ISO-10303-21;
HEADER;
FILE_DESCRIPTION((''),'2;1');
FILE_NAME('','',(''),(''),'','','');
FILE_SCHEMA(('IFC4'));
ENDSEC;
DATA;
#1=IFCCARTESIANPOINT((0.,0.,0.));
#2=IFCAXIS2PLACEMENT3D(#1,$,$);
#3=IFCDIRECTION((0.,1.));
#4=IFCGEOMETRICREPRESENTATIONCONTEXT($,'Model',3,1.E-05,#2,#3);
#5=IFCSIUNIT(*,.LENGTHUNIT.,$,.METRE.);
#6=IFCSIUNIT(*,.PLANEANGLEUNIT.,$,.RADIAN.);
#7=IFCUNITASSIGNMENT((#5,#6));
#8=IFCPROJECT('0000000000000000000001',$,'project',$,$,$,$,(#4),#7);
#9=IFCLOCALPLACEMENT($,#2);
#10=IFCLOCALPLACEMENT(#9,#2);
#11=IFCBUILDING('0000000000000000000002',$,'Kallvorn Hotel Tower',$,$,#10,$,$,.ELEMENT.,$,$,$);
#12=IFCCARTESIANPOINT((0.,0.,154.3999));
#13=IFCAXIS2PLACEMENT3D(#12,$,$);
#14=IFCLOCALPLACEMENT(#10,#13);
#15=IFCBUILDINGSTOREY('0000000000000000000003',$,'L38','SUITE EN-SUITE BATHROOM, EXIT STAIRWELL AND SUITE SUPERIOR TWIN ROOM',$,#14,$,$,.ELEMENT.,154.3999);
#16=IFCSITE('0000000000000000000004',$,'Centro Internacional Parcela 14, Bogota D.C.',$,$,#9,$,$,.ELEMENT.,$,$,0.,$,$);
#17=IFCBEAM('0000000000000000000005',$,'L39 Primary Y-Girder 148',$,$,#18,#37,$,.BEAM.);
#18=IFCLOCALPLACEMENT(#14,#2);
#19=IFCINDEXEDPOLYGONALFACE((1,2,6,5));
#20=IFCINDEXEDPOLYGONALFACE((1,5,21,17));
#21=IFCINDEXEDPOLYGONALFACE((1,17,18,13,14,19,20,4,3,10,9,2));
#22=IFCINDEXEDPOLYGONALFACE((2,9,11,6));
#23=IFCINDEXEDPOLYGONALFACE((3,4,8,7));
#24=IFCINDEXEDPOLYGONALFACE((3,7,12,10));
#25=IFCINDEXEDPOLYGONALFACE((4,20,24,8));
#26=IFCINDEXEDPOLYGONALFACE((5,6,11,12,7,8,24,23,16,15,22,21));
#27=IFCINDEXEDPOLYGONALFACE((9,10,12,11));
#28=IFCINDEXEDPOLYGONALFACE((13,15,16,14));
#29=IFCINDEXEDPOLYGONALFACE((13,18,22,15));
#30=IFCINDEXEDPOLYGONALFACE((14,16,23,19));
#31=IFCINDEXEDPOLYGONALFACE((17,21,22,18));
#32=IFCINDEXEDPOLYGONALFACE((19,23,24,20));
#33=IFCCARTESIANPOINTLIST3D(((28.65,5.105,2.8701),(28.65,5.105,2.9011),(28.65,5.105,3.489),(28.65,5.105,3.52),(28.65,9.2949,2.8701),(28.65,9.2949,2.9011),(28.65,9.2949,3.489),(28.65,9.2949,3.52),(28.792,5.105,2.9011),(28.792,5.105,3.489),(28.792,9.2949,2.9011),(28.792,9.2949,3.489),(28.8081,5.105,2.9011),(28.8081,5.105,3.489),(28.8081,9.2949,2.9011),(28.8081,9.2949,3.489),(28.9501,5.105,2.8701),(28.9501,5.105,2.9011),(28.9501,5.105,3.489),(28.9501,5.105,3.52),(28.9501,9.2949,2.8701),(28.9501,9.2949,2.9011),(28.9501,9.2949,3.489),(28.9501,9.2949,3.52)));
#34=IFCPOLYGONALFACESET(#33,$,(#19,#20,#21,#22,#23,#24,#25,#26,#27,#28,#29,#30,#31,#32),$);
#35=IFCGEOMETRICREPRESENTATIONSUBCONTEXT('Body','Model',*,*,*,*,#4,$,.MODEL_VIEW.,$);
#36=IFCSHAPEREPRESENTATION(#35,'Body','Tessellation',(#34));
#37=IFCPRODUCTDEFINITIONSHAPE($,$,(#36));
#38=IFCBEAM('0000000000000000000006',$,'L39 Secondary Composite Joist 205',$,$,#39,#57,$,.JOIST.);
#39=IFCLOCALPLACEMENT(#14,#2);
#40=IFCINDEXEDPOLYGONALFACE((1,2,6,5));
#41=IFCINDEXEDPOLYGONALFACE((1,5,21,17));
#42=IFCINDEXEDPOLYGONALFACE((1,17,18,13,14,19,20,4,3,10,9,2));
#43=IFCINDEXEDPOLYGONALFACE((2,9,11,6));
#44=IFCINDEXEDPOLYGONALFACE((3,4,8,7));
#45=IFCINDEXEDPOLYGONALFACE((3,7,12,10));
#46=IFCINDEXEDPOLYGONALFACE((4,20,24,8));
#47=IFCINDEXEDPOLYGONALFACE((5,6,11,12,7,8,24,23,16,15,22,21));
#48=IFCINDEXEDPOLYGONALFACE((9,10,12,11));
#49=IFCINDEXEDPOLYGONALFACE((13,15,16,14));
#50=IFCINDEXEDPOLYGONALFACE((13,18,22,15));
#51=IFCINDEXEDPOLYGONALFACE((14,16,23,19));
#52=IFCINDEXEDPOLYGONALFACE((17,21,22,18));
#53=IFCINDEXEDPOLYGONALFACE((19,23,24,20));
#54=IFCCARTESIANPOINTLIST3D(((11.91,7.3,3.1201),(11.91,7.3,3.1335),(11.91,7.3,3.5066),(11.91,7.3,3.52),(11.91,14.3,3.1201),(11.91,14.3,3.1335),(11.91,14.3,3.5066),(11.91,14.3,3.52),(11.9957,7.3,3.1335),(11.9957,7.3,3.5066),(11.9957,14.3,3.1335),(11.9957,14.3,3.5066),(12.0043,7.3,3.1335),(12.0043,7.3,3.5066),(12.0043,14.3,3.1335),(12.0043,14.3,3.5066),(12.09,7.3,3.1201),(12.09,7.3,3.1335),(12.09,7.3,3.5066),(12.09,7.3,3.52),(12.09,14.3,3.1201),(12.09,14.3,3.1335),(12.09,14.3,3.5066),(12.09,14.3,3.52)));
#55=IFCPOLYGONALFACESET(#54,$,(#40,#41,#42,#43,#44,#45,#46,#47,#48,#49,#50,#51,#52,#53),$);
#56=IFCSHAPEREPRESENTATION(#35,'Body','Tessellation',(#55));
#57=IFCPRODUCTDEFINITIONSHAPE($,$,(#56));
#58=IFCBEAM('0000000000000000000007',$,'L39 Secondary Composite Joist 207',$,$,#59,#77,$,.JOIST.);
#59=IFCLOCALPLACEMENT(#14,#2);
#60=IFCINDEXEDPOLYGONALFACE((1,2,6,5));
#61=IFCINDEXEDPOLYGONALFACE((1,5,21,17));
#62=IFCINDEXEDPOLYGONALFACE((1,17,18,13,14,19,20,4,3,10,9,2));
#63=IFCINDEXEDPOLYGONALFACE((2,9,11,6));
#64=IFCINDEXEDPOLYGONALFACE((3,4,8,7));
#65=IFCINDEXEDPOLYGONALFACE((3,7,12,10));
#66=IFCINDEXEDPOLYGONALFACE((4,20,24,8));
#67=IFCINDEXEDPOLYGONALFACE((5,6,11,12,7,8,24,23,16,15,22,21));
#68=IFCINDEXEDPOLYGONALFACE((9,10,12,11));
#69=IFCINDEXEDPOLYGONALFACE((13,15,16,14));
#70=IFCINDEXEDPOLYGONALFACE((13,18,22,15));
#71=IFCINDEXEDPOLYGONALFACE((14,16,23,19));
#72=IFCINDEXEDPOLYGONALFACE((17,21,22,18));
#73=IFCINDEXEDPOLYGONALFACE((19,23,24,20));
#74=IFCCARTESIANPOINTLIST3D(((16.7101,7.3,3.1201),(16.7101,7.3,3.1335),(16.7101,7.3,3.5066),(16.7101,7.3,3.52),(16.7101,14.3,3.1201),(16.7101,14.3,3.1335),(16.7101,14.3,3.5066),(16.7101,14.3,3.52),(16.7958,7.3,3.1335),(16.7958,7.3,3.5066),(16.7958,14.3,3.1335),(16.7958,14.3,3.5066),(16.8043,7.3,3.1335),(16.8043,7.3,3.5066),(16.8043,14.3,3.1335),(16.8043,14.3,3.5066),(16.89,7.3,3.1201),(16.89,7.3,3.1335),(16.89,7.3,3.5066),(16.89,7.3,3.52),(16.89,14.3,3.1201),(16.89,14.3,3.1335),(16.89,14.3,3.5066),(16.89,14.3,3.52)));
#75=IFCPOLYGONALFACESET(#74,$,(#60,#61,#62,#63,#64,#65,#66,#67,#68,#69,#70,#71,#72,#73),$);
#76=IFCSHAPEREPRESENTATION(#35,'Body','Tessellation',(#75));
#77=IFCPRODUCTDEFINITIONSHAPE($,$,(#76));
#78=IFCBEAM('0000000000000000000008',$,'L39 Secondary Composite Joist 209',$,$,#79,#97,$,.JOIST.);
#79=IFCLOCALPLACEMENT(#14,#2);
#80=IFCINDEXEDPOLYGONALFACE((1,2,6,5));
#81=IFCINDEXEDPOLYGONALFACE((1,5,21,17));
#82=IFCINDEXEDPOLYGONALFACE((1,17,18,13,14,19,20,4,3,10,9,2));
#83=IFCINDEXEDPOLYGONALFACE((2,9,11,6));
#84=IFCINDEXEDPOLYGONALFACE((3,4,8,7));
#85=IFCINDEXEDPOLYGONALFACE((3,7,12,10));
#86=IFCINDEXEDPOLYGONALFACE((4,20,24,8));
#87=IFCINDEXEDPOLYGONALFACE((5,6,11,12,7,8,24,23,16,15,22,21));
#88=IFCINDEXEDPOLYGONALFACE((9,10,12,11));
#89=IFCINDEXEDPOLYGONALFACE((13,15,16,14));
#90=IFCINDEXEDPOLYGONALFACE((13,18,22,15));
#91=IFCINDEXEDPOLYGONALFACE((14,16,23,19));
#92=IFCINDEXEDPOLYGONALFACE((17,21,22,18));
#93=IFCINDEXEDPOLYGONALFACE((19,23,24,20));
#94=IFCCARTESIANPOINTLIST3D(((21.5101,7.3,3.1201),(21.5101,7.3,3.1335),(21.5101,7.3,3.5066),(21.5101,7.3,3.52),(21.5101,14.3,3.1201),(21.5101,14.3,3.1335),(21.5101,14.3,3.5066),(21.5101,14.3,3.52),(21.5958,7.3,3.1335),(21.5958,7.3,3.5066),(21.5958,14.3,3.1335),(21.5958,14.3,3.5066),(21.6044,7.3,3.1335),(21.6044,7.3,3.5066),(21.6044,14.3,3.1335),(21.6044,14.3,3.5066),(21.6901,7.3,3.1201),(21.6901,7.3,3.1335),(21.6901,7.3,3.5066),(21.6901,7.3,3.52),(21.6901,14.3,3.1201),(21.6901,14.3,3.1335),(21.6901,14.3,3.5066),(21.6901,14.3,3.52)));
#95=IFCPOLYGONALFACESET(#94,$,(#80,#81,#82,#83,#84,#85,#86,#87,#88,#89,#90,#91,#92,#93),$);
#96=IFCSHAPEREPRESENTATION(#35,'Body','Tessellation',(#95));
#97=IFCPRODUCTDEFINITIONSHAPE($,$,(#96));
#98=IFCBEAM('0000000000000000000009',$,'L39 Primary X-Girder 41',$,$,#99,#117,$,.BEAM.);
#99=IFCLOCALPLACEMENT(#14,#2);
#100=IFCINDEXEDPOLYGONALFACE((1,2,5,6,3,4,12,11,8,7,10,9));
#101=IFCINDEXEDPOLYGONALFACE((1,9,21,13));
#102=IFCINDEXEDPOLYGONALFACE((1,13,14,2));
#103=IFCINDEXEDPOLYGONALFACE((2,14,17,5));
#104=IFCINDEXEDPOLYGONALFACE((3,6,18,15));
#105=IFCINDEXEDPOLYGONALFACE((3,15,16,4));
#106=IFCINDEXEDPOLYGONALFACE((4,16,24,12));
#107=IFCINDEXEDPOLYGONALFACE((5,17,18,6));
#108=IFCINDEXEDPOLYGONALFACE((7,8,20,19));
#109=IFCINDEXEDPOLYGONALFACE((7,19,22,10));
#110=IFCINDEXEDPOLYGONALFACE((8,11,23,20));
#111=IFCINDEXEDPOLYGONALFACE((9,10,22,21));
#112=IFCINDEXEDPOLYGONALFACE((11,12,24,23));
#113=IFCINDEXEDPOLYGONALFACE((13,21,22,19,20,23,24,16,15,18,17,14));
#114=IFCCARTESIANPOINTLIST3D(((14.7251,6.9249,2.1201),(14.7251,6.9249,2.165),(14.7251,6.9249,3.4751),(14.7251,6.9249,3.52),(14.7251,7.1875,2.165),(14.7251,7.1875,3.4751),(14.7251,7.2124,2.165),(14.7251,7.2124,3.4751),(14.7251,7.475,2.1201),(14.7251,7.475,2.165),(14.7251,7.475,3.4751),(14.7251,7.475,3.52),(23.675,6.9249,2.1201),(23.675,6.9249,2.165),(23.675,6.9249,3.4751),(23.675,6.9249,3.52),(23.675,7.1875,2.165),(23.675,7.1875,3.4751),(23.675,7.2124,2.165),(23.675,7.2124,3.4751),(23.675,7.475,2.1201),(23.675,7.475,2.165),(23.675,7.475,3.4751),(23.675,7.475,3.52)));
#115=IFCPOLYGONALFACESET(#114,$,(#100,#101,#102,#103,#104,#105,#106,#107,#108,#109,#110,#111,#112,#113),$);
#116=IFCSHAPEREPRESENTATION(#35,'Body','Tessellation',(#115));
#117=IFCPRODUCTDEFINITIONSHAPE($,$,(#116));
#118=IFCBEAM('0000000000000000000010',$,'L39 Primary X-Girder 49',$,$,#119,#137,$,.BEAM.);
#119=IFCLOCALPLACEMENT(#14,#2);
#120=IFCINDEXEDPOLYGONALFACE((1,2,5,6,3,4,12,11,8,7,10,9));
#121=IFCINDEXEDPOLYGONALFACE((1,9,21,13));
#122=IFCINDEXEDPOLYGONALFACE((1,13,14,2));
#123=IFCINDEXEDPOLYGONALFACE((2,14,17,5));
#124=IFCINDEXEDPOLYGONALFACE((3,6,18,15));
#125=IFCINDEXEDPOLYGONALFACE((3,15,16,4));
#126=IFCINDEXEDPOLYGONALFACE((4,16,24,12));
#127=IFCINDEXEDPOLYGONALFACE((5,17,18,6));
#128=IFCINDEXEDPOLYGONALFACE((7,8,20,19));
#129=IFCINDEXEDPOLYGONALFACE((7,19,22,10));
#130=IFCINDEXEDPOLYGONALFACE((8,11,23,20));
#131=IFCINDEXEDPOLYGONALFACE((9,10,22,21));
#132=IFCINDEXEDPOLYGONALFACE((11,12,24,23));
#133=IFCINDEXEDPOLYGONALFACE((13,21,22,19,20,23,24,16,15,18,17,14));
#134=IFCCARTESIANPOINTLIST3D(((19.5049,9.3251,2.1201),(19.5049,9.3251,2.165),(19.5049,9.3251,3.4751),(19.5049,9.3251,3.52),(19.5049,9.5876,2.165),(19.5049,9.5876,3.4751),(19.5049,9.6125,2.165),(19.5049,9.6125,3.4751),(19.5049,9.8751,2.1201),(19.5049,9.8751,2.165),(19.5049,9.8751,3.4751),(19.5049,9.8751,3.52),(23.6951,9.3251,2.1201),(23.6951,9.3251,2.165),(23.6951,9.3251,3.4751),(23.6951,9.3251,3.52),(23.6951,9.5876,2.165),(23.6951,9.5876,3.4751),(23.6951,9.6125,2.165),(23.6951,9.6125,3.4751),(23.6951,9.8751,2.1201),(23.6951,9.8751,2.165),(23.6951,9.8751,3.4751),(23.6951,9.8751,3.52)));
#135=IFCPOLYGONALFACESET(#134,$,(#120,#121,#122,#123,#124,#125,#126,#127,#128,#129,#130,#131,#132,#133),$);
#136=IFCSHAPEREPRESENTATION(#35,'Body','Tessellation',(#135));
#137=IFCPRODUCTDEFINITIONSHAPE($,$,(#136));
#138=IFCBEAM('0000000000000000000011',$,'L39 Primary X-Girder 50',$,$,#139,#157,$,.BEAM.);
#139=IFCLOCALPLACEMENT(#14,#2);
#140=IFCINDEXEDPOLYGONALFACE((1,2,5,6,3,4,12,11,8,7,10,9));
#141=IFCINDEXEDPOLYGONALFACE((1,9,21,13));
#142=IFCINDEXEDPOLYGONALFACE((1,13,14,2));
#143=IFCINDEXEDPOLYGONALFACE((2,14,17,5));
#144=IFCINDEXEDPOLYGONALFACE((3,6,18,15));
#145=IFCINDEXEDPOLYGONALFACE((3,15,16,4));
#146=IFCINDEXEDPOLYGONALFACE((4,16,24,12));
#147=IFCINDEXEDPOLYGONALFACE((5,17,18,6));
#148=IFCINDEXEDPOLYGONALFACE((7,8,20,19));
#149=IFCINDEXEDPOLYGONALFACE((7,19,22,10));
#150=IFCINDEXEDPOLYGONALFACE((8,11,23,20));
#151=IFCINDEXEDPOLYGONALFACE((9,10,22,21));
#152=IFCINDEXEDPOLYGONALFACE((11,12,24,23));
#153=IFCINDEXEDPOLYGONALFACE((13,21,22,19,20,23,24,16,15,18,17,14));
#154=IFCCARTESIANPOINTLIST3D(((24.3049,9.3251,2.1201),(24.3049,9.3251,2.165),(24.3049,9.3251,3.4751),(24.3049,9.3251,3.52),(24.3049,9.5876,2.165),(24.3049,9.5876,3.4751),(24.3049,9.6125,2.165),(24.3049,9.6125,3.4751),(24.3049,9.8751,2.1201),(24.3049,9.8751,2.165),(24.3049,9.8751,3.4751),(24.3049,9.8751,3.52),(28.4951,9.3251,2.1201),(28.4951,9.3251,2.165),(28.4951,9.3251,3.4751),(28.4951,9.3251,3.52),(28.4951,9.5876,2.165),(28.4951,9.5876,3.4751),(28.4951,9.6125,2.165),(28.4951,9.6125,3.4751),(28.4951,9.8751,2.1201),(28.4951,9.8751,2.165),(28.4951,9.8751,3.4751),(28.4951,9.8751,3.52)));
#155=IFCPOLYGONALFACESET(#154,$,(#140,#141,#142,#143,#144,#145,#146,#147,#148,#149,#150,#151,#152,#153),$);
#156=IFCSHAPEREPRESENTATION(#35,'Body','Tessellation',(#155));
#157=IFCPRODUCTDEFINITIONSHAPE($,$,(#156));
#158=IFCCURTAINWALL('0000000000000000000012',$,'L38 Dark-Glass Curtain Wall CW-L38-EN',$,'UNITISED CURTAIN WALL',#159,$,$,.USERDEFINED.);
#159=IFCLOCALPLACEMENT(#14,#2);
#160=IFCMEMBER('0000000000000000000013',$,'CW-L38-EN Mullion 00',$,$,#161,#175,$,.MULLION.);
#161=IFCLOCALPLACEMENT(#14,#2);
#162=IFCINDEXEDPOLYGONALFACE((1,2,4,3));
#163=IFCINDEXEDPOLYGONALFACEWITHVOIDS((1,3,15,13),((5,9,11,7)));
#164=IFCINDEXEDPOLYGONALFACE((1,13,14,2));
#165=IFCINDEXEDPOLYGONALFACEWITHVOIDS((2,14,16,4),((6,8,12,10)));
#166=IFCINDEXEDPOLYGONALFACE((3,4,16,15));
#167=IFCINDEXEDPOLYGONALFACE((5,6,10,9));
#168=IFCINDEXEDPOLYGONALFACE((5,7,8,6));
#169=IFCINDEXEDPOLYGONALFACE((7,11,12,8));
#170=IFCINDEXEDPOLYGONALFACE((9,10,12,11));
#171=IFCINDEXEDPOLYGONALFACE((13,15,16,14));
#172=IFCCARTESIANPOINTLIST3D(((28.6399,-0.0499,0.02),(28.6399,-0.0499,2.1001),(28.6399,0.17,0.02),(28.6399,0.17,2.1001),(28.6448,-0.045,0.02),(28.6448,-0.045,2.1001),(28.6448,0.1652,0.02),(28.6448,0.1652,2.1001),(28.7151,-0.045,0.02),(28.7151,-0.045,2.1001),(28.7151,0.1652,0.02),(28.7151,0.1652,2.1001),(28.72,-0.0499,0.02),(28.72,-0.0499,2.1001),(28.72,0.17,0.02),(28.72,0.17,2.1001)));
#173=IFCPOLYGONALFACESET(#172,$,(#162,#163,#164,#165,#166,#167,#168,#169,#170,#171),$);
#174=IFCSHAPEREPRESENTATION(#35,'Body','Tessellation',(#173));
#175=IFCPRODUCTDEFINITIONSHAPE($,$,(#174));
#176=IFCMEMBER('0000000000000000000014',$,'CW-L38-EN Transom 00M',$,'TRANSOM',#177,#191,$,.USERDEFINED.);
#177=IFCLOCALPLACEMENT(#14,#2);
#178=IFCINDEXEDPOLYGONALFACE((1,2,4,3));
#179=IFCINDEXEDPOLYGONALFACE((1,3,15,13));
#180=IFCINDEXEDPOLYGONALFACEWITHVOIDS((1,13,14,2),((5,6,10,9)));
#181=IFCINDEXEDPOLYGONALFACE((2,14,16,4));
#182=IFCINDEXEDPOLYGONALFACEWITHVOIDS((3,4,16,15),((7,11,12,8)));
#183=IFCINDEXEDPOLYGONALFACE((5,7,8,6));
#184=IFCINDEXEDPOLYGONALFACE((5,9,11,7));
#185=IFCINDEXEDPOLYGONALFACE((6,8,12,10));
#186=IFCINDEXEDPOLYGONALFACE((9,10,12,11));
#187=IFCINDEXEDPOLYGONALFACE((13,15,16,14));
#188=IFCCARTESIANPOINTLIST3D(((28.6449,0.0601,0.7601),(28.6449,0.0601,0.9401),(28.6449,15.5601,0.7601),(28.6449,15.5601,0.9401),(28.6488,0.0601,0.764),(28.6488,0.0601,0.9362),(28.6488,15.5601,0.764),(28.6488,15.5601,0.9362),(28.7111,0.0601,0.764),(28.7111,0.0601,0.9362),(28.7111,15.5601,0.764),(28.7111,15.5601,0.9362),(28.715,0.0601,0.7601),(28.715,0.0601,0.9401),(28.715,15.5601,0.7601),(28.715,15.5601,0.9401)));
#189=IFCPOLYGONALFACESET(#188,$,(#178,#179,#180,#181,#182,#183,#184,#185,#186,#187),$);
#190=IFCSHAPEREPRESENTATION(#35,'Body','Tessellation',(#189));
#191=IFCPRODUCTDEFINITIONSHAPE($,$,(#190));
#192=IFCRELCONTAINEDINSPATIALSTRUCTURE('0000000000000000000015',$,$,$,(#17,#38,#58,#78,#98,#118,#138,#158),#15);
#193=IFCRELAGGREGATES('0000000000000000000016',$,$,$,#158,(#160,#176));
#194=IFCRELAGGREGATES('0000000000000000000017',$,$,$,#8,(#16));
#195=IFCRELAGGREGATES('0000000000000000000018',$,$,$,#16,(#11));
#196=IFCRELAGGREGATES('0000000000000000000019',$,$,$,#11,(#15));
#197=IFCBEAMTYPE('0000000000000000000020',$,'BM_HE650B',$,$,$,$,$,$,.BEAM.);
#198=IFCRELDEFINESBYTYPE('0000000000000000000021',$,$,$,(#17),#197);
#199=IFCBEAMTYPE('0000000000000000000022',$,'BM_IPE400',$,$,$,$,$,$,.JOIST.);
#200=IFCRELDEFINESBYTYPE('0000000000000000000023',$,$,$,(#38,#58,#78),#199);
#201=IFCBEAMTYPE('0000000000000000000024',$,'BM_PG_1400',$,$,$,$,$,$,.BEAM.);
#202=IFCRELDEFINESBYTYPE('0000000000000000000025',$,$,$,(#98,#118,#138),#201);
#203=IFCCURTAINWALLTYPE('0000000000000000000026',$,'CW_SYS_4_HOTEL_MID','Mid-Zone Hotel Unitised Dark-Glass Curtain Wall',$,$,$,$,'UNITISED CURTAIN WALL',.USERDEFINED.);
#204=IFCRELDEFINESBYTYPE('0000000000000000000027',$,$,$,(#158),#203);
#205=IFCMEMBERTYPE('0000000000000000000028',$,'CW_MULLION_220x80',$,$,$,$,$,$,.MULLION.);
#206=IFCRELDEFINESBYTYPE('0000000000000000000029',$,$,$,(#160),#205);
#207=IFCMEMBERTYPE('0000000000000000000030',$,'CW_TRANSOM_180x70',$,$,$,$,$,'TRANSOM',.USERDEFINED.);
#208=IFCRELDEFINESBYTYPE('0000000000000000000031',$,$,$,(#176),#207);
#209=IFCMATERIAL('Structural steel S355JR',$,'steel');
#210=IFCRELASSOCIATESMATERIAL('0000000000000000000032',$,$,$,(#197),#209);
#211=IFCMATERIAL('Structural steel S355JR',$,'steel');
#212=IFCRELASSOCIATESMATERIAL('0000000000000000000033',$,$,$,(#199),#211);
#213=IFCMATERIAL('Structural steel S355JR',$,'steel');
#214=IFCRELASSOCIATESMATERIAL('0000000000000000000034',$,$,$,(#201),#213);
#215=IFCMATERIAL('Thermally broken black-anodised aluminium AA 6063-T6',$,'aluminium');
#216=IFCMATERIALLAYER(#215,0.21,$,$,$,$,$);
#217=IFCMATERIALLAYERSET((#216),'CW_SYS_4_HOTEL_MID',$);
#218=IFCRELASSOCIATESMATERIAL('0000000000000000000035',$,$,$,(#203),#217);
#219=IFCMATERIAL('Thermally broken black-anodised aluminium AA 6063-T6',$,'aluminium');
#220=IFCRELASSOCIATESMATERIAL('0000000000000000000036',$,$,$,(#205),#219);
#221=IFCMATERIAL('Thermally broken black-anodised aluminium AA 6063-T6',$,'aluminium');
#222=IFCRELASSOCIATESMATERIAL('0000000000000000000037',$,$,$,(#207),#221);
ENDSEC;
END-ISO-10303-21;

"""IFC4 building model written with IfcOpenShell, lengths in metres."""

from ifc_helpers import new_model, si_unit, direction, frame, origin, origin_2d, place, context, subcontext, project, spatial, hollow_rectangle, i_section, extrude, material, layer, layer_set, material_profile, profile_set, type_object, element, aggregate, save


model = new_model("IFC4")

# Units and contexts
model_context = context("Model", 3, precision=1e-05, world=origin(), true_north=direction((0.0, 1.0)))
body_context = subcontext(model_context, "Body", "Model", "MODEL_VIEW")
ifc_project = project(units=[si_unit("LENGTHUNIT", "METRE"), si_unit("PLANEANGLEUNIT", "RADIAN")], contexts=[model_context])

# Site, building, storey
site_placement = place(None, origin())
site = spatial("IfcSite", under=ifc_project, at=site_placement, Name="Centro Internacional Parcela 14, Bogota D.C.", CompositionType="ELEMENT", RefElevation=0.0)
building_placement = place(site_placement, origin())
building = spatial("IfcBuilding", under=site, at=building_placement, Name="Kallvorn Hotel Tower", CompositionType="ELEMENT")
storey_placement = place(building_placement, frame((0.0, 0.0, 154.3999)))
storey = spatial("IfcBuildingStorey", under=building, at=storey_placement, Name="L38", Description="SUITE EN-SUITE BATHROOM, EXIT STAIRWELL AND SUITE SUPERIOR TWIN ROOM", CompositionType="ELEMENT", Elevation=154.3999)

# Beams
ifc_material_1 = material(Name="Structural steel S355JR", Category="steel")
ifc_material_profile_1 = material_profile(ifc_material_1, i_section(OverallWidth=0.3, OverallDepth=0.6499, WebThickness=0.0161, FlangeThickness=0.031, at=origin_2d()), Name="HE 650 B")
ifc_profile_set_1 = profile_set([ifc_material_profile_1], Name="Structural steel S355JR")
beam_type_1 = type_object("IfcBeamType", Name="BM_HE650B", PredefinedType="BEAM", material=ifc_profile_set_1)
beam_1_placement = place(storey_placement, frame((28.8, 5.105, 3.1951), z_axis=(0.0, 1.0, 0.0), x_axis=(-1.0, 0.0, 0.0)))
element("IfcBeam", 1, at=beam_1_placement, inside=storey, type_object=beam_type_1, Name="L39 Primary Y-Girder 148", PredefinedType="BEAM", context=body_context, shape_type="SweptSolid", body=[
    extrude(i_section(OverallWidth=0.3, OverallDepth=0.6499, WebThickness=0.0161, FlangeThickness=0.031, at=origin_2d()), origin(), (0.0, 0.0, 1.0), 4.1899),
])
ifc_material_2 = material(Name="Structural steel S355JR", Category="steel")
ifc_material_profile_2 = material_profile(ifc_material_2, i_section(OverallWidth=0.1799, OverallDepth=0.3999, WebThickness=0.0085, FlangeThickness=0.0134, at=origin_2d()), Name="IPE 400")
ifc_profile_set_2 = profile_set([ifc_material_profile_2], Name="Structural steel S355JR")
beam_type_2 = type_object("IfcBeamType", Name="BM_IPE400", PredefinedType="JOIST", material=ifc_profile_set_2)
for number, where, z_axis, x_axis, name in (
    (2, (12.0, 7.3, 3.3201), (0.0, 1.0, 0.0), (-1.0, 0.0, 0.0), "L39 Secondary Composite Joist 205"),
    (3, (16.8, 7.3, 3.3201), (0.0, 1.0, 0.0), (-1.0, 0.0, 0.0), "L39 Secondary Composite Joist 207"),
    (4, (21.6001, 7.3, 3.3201), (0.0, 1.0, 0.0), (-1.0, 0.0, 0.0), "L39 Secondary Composite Joist 209"),
):
    element("IfcBeam", number, at=place(storey_placement, frame(where, z_axis=z_axis, x_axis=x_axis)), inside=storey, type_object=beam_type_2, Name=name, PredefinedType="JOIST", context=body_context, shape_type="SweptSolid", body=[
        extrude(i_section(OverallWidth=0.1799, OverallDepth=0.3999, WebThickness=0.0085, FlangeThickness=0.0134, at=origin_2d()), origin(), (0.0, 0.0, 1.0), 7.0),
    ])
ifc_material_3 = material(Name="Structural steel S355JR", Category="steel")
ifc_material_profile_3 = material_profile(ifc_material_3, i_section(OverallWidth=0.55, OverallDepth=1.3999, WebThickness=0.0249, FlangeThickness=0.0449, at=origin_2d()), Name="PG 1400x550x25x45")
ifc_profile_set_3 = profile_set([ifc_material_profile_3], Name="Structural steel S355JR")
beam_type_3 = type_object("IfcBeamType", Name="BM_PG_1400", PredefinedType="BEAM", material=ifc_profile_set_3)
beam_2_placement = place(storey_placement, frame((14.7251, 7.2, 2.8201), z_axis=(1.0, 0.0, 0.0), x_axis=(0.0, 1.0, 0.0)))
element("IfcBeam", 5, at=beam_2_placement, inside=storey, type_object=beam_type_3, Name="L39 Primary X-Girder 41", PredefinedType="BEAM", context=body_context, shape_type="SweptSolid", body=[
    extrude(i_section(OverallWidth=0.55, OverallDepth=1.3999, WebThickness=0.0249, FlangeThickness=0.0449, at=origin_2d()), origin(), (0.0, 0.0, 1.0), 8.95),
])
for number, where, z_axis, x_axis, name in (
    (6, (19.5049, 9.6001, 2.8201), (1.0, 0.0, 0.0), (0.0, 1.0, 0.0), "L39 Primary X-Girder 49"),
    (7, (24.3049, 9.6001, 2.8201), (1.0, 0.0, 0.0), (0.0, 1.0, 0.0), "L39 Primary X-Girder 50"),
):
    element("IfcBeam", number, at=place(storey_placement, frame(where, z_axis=z_axis, x_axis=x_axis)), inside=storey, type_object=beam_type_3, Name=name, PredefinedType="BEAM", context=body_context, shape_type="SweptSolid", body=[
        extrude(i_section(OverallWidth=0.55, OverallDepth=1.3999, WebThickness=0.0249, FlangeThickness=0.0449, at=origin_2d()), origin(), (0.0, 0.0, 1.0), 4.1902),
    ])

# Curtain wall, members
ifc_material_4 = material(Name="Thermally broken black-anodised aluminium AA 6063-T6", Category="aluminium")
ifc_layer_1 = layer(ifc_material_4, 0.21)
ifc_layer_set_1 = layer_set([ifc_layer_1], Name="CW_SYS_4_HOTEL_MID")
curtain_wall_type = type_object("IfcCurtainWallType", Name="CW_SYS_4_HOTEL_MID", Description="Mid-Zone Hotel Unitised Dark-Glass Curtain Wall", ElementType="UNITISED CURTAIN WALL", PredefinedType="USERDEFINED", material=ifc_layer_set_1)
curtain_wall_placement = place(storey_placement, origin())
curtain_wall = element("IfcCurtainWall", 8, at=curtain_wall_placement, inside=storey, type_object=curtain_wall_type, Name="L38 Dark-Glass Curtain Wall CW-L38-EN", ObjectType="UNITISED CURTAIN WALL", PredefinedType="USERDEFINED")
ifc_material_5 = material(Name="Thermally broken black-anodised aluminium AA 6063-T6", Category="aluminium")
ifc_material_profile_4 = material_profile(ifc_material_5, hollow_rectangle(XDim=0.0801, YDim=0.22, WallThickness=0.0049, at=origin_2d()), Name="MUL 220x80")
ifc_profile_set_4 = profile_set([ifc_material_profile_4], Name="Thermally broken black-anodised aluminium AA 6063-T6")
member_type_1 = type_object("IfcMemberType", Name="CW_MULLION_220x80", PredefinedType="MULLION", material=ifc_profile_set_4)
member_1_placement = place(storey_placement, frame((28.6799, 0.0601, 0.02), z_axis=(0.0, 0.0, 1.0), x_axis=(1.0, 0.0, 0.0)))
member_1 = element("IfcMember", 9, at=member_1_placement, type_object=member_type_1, Name="CW-L38-EN Mullion 00", PredefinedType="MULLION", context=body_context, shape_type="SweptSolid", body=[
    extrude(hollow_rectangle(XDim=0.0801, YDim=0.22, WallThickness=0.0049, at=origin_2d()), origin(), (0.0, 0.0, 1.0), 2.0801),
])
ifc_material_6 = material(Name="Thermally broken black-anodised aluminium AA 6063-T6", Category="aluminium")
ifc_material_profile_5 = material_profile(ifc_material_6, hollow_rectangle(XDim=0.0701, YDim=0.1799, WallThickness=0.0039, at=origin_2d()), Name="TRN 180x70")
ifc_profile_set_5 = profile_set([ifc_material_profile_5], Name="Thermally broken black-anodised aluminium AA 6063-T6")
member_type_2 = type_object("IfcMemberType", Name="CW_TRANSOM_180x70", ElementType="TRANSOM", PredefinedType="USERDEFINED", material=ifc_profile_set_5)
member_2_placement = place(storey_placement, frame((28.6799, 0.0601, 0.8501), z_axis=(0.0, 1.0, 0.0), x_axis=(-1.0, 0.0, 0.0)))
member_2 = element("IfcMember", 10, at=member_2_placement, type_object=member_type_2, Name="CW-L38-EN Transom 00M", ObjectType="TRANSOM", PredefinedType="USERDEFINED", context=body_context, shape_type="SweptSolid", body=[
    extrude(hollow_rectangle(XDim=0.0701, YDim=0.1799, WallThickness=0.0039, at=origin_2d()), origin(), (0.0, 0.0, 1.0), 15.5),
])
aggregate(curtain_wall, [member_1, member_2])

save(model, "model.ifc")
